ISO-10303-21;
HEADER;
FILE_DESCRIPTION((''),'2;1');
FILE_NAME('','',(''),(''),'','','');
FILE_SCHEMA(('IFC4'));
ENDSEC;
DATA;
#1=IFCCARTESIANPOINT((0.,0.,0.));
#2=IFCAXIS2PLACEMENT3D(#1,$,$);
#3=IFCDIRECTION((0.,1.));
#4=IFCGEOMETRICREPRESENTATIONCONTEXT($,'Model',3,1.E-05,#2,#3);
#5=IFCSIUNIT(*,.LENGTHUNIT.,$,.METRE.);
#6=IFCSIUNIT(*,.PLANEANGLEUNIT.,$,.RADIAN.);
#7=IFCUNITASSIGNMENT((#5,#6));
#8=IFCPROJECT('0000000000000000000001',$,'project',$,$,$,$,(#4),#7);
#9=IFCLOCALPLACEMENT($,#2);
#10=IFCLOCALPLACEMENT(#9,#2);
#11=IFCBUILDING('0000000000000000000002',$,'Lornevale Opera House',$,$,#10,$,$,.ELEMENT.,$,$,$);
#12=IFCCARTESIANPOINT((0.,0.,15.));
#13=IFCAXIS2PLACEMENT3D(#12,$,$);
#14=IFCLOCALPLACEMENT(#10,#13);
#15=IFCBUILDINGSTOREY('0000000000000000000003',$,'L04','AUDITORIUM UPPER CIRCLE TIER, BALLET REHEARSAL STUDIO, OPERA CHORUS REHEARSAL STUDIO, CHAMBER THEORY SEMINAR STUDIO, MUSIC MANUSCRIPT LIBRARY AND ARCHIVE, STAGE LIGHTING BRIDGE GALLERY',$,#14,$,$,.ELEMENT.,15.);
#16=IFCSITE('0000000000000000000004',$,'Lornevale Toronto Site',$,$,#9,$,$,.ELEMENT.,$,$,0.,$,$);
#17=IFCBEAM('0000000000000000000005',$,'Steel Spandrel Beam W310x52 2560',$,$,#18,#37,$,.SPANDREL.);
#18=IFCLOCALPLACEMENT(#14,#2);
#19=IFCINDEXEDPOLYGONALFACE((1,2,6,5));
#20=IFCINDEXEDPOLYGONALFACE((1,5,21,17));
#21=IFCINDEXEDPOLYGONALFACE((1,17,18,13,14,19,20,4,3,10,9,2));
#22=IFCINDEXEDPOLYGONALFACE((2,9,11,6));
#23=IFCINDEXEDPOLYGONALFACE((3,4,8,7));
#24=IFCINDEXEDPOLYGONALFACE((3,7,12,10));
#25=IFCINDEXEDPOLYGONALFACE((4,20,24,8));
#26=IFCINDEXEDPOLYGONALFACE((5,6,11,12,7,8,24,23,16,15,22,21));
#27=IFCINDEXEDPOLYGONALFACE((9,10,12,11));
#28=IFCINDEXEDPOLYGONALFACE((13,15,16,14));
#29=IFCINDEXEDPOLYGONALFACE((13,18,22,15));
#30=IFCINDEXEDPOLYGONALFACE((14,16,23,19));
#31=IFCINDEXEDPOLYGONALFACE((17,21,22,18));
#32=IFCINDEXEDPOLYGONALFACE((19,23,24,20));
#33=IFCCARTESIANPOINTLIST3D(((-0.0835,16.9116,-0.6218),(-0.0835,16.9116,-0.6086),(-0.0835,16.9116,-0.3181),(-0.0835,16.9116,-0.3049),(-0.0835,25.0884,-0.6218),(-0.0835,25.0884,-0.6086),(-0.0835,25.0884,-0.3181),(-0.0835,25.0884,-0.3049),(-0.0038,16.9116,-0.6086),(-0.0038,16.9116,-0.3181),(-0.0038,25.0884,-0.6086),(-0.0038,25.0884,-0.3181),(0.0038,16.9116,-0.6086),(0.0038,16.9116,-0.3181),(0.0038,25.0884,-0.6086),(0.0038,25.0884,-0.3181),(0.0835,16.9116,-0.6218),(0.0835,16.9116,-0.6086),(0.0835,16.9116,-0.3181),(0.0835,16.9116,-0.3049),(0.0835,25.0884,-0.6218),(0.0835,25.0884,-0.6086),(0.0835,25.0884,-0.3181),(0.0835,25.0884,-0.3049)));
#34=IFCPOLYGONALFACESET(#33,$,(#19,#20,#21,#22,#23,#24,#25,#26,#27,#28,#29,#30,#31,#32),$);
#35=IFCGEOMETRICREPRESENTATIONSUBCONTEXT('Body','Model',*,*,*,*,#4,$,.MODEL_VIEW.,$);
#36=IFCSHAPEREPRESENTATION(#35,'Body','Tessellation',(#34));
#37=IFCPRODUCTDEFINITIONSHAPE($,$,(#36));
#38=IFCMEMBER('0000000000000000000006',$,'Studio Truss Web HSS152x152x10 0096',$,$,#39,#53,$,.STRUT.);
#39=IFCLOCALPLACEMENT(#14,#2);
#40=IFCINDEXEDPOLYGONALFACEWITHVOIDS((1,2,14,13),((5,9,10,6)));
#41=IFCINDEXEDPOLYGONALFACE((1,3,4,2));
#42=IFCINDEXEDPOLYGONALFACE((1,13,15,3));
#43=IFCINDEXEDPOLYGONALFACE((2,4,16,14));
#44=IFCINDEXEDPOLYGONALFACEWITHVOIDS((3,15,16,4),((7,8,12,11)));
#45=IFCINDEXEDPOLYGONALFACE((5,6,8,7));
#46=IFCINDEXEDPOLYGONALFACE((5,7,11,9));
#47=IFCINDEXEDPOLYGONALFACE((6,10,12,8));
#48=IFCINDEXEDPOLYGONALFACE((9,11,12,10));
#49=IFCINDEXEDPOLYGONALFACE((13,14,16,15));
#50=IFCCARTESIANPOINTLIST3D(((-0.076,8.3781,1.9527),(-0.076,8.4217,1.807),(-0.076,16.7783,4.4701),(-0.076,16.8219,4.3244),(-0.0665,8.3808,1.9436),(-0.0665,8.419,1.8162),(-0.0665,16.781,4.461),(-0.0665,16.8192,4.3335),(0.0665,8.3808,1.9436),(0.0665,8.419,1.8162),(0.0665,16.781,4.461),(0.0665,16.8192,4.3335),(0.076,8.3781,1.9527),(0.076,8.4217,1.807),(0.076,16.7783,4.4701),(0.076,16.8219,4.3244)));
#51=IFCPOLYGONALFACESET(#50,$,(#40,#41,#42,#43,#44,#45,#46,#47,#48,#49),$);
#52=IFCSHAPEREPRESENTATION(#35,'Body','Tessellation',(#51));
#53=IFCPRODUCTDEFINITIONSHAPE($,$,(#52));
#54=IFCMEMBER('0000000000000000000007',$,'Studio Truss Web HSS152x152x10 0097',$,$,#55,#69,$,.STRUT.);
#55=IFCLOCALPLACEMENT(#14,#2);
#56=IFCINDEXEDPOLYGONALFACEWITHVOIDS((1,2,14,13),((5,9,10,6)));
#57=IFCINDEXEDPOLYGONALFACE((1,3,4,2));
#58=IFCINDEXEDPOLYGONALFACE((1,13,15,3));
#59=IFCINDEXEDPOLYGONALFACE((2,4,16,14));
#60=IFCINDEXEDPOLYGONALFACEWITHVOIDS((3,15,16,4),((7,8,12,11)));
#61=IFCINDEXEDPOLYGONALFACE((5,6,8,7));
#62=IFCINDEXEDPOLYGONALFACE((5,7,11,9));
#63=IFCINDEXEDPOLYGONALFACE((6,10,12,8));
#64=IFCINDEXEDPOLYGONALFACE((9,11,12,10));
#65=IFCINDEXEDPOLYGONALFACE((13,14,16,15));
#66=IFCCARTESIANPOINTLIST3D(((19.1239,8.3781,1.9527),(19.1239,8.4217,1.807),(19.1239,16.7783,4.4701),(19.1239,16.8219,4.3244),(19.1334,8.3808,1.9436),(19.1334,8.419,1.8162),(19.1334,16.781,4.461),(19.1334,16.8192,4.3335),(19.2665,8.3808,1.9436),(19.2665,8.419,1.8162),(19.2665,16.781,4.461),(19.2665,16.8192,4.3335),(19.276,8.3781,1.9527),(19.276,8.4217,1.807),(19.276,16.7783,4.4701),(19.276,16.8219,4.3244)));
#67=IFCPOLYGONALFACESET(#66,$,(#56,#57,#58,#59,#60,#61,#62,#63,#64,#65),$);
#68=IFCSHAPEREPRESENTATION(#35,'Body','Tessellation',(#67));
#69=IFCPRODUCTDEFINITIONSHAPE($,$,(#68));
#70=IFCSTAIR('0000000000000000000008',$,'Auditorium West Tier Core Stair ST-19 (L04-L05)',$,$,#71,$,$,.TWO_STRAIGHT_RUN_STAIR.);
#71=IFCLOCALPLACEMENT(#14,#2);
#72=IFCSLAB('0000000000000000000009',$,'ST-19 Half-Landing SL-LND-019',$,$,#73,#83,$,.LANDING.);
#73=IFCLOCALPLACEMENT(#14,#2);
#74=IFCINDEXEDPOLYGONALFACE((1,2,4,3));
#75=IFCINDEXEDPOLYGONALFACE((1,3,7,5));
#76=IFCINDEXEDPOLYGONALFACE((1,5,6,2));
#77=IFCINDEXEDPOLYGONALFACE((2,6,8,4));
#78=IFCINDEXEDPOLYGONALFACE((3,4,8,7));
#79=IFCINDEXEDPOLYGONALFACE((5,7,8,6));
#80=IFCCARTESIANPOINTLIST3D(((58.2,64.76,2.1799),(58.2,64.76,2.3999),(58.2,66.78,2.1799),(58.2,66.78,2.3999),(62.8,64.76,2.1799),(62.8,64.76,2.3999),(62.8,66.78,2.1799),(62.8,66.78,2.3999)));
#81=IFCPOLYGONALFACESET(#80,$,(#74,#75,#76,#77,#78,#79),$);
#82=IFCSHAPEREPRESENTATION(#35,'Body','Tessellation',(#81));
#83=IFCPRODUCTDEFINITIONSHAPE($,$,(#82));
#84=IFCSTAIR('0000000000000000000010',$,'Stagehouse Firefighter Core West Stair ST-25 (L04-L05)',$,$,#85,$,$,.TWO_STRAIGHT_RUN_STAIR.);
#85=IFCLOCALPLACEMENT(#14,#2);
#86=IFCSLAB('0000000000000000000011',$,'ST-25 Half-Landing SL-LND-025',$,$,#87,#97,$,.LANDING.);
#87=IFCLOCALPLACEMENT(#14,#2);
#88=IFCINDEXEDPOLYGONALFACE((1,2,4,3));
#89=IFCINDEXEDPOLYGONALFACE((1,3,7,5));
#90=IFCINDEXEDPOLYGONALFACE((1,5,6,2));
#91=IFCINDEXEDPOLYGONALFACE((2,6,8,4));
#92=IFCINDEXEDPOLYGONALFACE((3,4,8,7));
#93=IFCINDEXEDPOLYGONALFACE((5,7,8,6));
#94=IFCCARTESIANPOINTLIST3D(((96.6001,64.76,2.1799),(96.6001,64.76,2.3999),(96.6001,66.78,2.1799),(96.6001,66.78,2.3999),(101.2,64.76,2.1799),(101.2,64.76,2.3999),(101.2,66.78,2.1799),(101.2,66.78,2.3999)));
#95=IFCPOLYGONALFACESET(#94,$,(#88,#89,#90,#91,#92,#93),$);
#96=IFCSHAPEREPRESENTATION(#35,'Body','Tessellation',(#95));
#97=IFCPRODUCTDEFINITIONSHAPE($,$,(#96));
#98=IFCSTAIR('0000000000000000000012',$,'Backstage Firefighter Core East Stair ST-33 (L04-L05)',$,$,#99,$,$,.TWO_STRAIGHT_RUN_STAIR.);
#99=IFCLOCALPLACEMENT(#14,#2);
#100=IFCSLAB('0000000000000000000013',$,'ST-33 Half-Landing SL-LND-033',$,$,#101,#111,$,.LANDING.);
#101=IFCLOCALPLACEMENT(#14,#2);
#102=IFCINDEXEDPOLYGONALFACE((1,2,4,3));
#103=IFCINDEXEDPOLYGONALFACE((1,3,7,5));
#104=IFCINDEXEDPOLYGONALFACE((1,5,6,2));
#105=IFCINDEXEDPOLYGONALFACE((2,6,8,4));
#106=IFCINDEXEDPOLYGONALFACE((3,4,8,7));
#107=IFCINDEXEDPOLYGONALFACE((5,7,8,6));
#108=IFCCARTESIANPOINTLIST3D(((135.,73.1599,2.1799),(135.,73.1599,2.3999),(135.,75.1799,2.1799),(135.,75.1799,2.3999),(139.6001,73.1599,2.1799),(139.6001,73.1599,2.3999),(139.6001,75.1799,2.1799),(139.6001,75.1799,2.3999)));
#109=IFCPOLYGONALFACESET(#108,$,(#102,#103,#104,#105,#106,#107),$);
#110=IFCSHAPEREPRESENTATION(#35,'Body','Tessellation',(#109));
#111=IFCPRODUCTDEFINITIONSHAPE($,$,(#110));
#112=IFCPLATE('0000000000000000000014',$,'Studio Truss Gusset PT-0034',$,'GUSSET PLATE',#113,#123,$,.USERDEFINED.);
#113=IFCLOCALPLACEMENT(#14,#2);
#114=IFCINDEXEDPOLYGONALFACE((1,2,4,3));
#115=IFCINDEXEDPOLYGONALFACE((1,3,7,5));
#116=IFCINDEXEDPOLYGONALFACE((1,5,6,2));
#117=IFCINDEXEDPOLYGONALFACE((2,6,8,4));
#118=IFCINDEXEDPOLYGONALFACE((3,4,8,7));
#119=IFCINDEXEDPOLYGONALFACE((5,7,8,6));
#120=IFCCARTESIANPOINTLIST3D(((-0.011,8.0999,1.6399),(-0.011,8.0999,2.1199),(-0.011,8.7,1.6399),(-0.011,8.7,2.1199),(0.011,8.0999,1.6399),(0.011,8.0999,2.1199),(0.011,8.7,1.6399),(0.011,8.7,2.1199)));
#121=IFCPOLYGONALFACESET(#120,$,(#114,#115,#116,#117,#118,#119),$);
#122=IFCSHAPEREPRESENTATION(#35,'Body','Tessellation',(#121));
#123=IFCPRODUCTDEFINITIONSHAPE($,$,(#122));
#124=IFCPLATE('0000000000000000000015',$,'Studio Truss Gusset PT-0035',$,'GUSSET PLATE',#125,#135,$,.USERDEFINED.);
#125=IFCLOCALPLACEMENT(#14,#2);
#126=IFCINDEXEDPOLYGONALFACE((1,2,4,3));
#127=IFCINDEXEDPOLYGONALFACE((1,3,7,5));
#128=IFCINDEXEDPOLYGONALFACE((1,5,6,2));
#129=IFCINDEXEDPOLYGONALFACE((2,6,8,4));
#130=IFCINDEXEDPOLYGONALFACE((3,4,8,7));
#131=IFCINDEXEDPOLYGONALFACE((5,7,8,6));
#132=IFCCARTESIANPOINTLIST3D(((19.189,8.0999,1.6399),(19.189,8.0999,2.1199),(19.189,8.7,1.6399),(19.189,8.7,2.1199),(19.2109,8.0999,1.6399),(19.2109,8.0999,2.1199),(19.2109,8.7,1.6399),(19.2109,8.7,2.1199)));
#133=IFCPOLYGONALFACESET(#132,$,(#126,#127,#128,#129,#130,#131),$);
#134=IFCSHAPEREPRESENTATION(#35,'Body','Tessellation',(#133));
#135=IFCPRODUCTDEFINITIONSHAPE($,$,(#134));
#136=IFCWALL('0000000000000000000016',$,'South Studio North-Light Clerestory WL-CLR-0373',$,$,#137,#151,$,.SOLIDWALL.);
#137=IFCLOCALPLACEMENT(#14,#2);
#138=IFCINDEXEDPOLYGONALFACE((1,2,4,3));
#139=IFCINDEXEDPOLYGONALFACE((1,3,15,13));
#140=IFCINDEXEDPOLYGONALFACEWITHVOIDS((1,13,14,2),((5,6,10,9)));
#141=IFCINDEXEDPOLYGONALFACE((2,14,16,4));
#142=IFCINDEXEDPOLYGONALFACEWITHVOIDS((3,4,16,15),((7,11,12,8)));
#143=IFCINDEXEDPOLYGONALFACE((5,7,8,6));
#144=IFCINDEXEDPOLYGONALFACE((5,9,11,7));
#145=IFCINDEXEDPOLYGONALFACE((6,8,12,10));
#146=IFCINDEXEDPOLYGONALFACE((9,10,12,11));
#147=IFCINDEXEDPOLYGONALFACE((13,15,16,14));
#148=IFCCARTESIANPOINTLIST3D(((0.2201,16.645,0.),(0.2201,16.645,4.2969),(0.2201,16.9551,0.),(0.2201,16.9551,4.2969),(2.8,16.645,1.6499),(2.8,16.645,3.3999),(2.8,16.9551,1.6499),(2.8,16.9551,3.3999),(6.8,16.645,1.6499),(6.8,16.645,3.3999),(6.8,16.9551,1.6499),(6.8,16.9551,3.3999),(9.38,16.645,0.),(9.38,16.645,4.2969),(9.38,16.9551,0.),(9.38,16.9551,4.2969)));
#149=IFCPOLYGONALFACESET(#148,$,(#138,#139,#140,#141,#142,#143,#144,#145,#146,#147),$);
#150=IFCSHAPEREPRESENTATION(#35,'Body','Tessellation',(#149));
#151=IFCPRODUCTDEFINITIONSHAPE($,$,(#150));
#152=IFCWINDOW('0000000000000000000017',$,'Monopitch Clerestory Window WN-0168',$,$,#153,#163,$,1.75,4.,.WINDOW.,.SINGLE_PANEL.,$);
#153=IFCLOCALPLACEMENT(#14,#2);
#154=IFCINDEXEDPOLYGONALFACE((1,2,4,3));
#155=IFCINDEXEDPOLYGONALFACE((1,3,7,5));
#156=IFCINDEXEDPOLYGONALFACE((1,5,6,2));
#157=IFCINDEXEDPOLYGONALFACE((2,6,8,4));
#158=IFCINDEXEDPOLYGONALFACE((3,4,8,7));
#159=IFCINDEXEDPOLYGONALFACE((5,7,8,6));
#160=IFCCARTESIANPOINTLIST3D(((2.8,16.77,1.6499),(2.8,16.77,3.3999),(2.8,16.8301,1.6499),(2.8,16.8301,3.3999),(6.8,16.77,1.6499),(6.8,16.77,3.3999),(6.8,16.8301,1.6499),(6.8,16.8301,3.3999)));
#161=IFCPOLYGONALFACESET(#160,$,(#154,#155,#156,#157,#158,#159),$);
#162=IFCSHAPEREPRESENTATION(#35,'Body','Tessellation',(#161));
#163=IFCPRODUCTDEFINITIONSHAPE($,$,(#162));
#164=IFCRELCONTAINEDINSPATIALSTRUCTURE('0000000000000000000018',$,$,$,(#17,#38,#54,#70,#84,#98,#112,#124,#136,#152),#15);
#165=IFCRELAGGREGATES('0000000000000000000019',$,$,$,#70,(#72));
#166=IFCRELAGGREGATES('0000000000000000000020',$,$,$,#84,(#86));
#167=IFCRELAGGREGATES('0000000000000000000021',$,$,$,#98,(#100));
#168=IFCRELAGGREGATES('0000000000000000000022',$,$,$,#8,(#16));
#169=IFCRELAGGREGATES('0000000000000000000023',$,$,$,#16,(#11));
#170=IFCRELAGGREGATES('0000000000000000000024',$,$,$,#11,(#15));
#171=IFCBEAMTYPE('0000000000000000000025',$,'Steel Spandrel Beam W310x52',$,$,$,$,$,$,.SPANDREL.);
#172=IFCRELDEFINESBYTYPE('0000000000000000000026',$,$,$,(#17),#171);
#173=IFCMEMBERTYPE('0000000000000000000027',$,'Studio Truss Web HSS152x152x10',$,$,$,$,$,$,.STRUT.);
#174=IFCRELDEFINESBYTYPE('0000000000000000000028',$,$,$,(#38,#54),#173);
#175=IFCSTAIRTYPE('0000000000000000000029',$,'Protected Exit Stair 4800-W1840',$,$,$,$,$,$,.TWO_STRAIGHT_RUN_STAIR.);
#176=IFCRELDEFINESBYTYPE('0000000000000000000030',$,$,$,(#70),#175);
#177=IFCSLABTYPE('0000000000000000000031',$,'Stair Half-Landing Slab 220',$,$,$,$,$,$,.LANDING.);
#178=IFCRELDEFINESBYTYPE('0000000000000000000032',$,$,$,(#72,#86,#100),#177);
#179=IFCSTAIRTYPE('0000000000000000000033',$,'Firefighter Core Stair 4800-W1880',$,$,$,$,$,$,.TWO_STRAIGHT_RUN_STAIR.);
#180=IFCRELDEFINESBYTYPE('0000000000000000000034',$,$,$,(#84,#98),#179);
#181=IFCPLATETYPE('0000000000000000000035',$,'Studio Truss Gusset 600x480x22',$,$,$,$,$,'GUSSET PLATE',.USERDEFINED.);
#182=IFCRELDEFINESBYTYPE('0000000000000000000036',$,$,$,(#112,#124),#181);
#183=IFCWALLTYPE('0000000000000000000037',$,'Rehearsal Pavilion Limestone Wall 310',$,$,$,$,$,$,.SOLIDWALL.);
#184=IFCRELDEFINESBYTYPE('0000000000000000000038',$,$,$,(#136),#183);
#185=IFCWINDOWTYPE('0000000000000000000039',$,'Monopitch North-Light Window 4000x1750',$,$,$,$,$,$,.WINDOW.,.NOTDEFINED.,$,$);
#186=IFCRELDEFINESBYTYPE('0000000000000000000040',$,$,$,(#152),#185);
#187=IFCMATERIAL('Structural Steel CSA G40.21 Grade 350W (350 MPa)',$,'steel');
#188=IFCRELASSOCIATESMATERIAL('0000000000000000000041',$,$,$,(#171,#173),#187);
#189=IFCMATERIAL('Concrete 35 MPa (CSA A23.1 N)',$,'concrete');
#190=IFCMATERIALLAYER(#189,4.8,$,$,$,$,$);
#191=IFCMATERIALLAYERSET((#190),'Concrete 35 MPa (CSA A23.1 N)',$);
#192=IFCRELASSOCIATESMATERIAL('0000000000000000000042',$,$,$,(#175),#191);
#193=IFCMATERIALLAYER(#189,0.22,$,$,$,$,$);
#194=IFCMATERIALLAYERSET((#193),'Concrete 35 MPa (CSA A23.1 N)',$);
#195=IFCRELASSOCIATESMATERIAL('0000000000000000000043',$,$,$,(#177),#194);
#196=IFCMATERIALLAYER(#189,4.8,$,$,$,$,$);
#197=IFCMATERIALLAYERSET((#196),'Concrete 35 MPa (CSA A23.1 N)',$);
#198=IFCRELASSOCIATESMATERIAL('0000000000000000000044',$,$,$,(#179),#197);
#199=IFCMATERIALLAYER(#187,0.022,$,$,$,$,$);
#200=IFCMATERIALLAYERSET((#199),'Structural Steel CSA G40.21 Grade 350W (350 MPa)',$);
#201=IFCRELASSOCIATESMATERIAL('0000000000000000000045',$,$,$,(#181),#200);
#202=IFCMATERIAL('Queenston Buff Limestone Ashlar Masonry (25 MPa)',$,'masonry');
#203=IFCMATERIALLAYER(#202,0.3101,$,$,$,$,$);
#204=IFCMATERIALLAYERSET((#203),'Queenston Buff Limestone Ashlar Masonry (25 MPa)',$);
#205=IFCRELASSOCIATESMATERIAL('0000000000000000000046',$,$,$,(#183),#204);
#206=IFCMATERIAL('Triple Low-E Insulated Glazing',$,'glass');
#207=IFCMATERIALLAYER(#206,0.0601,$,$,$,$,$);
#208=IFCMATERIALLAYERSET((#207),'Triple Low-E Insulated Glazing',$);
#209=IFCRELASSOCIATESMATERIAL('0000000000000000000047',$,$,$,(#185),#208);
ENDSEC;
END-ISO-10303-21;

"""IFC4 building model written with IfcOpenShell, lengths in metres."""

from ifc_helpers import new_model, si_unit, direction, frame, frame_2d, origin, origin_2d, place, context, subcontext, project, spatial, polyline, rectangle, hollow_rectangle, i_section, outline, extrude, material, layer, layer_set, material_profile, profile_set, type_object, element, fill, aggregate, save


model = new_model("IFC4")

# Units and contexts
model_context = context("Model", 3, precision=1e-05, world=origin(), true_north=direction((0.0, 1.0)))
body_context = subcontext(model_context, "Body", "Model", "MODEL_VIEW")
ifc_project = project(units=[si_unit("LENGTHUNIT", "METRE"), si_unit("PLANEANGLEUNIT", "RADIAN")], contexts=[model_context])

# Site, building, storey
site_placement = place(None, origin())
site = spatial("IfcSite", under=ifc_project, at=site_placement, Name="Lornevale Toronto Site", CompositionType="ELEMENT", RefElevation=0.0)
building_placement = place(site_placement, origin())
building = spatial("IfcBuilding", under=site, at=building_placement, Name="Lornevale Opera House", CompositionType="ELEMENT")
storey_placement = place(building_placement, frame((0.0, 0.0, 15.0)))
storey = spatial("IfcBuildingStorey", under=building, at=storey_placement, Name="L04", Description="AUDITORIUM UPPER CIRCLE TIER, BALLET REHEARSAL STUDIO, OPERA CHORUS REHEARSAL STUDIO, CHAMBER THEORY SEMINAR STUDIO, MUSIC MANUSCRIPT LIBRARY AND ARCHIVE, STAGE LIGHTING BRIDGE GALLERY", CompositionType="ELEMENT", Elevation=15.0)

# Shared definitions
ifc_material_1 = material(Name="Structural Steel CSA G40.21 Grade 350W (350 MPa)", Category="steel")

# Beam
ifc_material_profile_1 = material_profile(ifc_material_1, i_section(OverallWidth=0.167, OverallDepth=0.3169, WebThickness=0.0076, FlangeThickness=0.0132, at=origin_2d()), Name="W310x52")
ifc_profile_set_1 = profile_set([ifc_material_profile_1], Name="Structural Steel CSA G40.21 Grade 350W (350 MPa)")
beam_type_1 = type_object("IfcBeamType", Name="Steel Spandrel Beam W310x52", PredefinedType="SPANDREL", material=ifc_profile_set_1)
beam_1_placement = place(storey_placement, frame((0.0, 16.9116, -0.4634), z_axis=(0.0, 1.0, 0.0), x_axis=(-1.0, 0.0, 0.0)))
element("IfcBeam", 1, at=beam_1_placement, inside=storey, type_object=beam_type_1, Name="Steel Spandrel Beam W310x52 2560", PredefinedType="SPANDREL", context=body_context, shape_type="SweptSolid", body=[
    extrude(i_section(OverallWidth=0.167, OverallDepth=0.3169, WebThickness=0.0076, FlangeThickness=0.0132, at=origin_2d()), origin(), (0.0, 0.0, 1.0), 8.1768),
])

# Members
ifc_material_profile_2 = material_profile(ifc_material_1, hollow_rectangle(XDim=0.1521, YDim=0.1521, WallThickness=0.0095, at=origin_2d()), Name="HSS152x152x10")
ifc_profile_set_2 = profile_set([ifc_material_profile_2], Name="Structural Steel CSA G40.21 Grade 350W (350 MPa)")
member_type = type_object("IfcMemberType", Name="Studio Truss Web HSS152x152x10", PredefinedType="STRUT", material=ifc_profile_set_2)
for number, where, z_axis, x_axis, name in (
    (2, (0.0, 8.3999, 1.8799), (0.0, 0.957911, 0.287064), (-1.0, 0.0, 0.0), "Studio Truss Web HSS152x152x10 0096"),
    (3, (19.2, 8.3999, 1.8799), (0.0, 0.957911, 0.287064), (-1.0, 0.0, 0.0), "Studio Truss Web HSS152x152x10 0097"),
):
    element("IfcMember", number, at=place(storey_placement, frame(where, z_axis=z_axis, x_axis=x_axis)), inside=storey, type_object=member_type, Name=name, PredefinedType="STRUT", context=body_context, shape_type="SweptSolid", body=[
        extrude(hollow_rectangle(XDim=0.1521, YDim=0.1521, WallThickness=0.0095, at=origin_2d()), origin(), (0.0, 0.0, 1.0), 8.7693),
    ])

# Stairs, slabs
ifc_material_2 = material(Name="Concrete 35 MPa (CSA A23.1 N)", Category="concrete")
ifc_layer_1 = layer(ifc_material_2, 4.8)
ifc_layer_set_1 = layer_set([ifc_layer_1], Name="Concrete 35 MPa (CSA A23.1 N)")
stair_type_1 = type_object("IfcStairType", Name="Protected Exit Stair 4800-W1840", PredefinedType="TWO_STRAIGHT_RUN_STAIR", material=ifc_layer_set_1)
stair_1_placement = place(storey_placement, origin())
stair_1 = element("IfcStair", 4, at=stair_1_placement, inside=storey, type_object=stair_type_1, Name="Auditorium West Tier Core Stair ST-19 (L04-L05)", PredefinedType="TWO_STRAIGHT_RUN_STAIR")
ifc_layer_2 = layer(ifc_material_2, 0.22)
ifc_layer_set_2 = layer_set([ifc_layer_2], Name="Concrete 35 MPa (CSA A23.1 N)")
slab_type = type_object("IfcSlabType", Name="Stair Half-Landing Slab 220", PredefinedType="LANDING", material=ifc_layer_set_2)
slab_1_placement = place(storey_placement, frame((0.0, 0.0, 2.1799)))
slab_1 = element("IfcSlab", 5, at=slab_1_placement, type_object=slab_type, Name="ST-19 Half-Landing SL-LND-019", PredefinedType="LANDING", context=body_context, shape_type="SweptSolid", body=[
    extrude(outline(polyline([(58.2, 64.76), (62.8, 64.76), (62.8, 66.78), (58.2, 66.78), (58.2, 64.76)])), origin(), (0.0, 0.0, 1.0), 0.22),
])
aggregate(stair_1, [slab_1])
ifc_layer_3 = layer(ifc_material_2, 4.8)
ifc_layer_set_3 = layer_set([ifc_layer_3], Name="Concrete 35 MPa (CSA A23.1 N)")
stair_type_2 = type_object("IfcStairType", Name="Firefighter Core Stair 4800-W1880", PredefinedType="TWO_STRAIGHT_RUN_STAIR", material=ifc_layer_set_3)
stair_2_placement = place(storey_placement, origin())
stair_2 = element("IfcStair", 6, at=stair_2_placement, inside=storey, type_object=stair_type_2, Name="Stagehouse Firefighter Core West Stair ST-25 (L04-L05)", PredefinedType="TWO_STRAIGHT_RUN_STAIR")
slab_2_placement = place(storey_placement, frame((0.0, 0.0, 2.1799)))
slab_2 = element("IfcSlab", 7, at=slab_2_placement, type_object=slab_type, Name="ST-25 Half-Landing SL-LND-025", PredefinedType="LANDING", context=body_context, shape_type="SweptSolid", body=[
    extrude(outline(polyline([(96.6001, 64.76), (101.2, 64.76), (101.2, 66.78), (96.6001, 66.78), (96.6001, 64.76)])), origin(), (0.0, 0.0, 1.0), 0.22),
])
aggregate(stair_2, [slab_2])
stair_3_placement = place(storey_placement, origin())
stair_3 = element("IfcStair", 8, at=stair_3_placement, inside=storey, type_object=stair_type_2, Name="Backstage Firefighter Core East Stair ST-33 (L04-L05)", PredefinedType="TWO_STRAIGHT_RUN_STAIR")
slab_3_placement = place(storey_placement, frame((0.0, 0.0, 2.1799)))
slab_3 = element("IfcSlab", 9, at=slab_3_placement, type_object=slab_type, Name="ST-33 Half-Landing SL-LND-033", PredefinedType="LANDING", context=body_context, shape_type="SweptSolid", body=[
    extrude(outline(polyline([(135.0, 73.1599), (139.6001, 73.1599), (139.6001, 75.1799), (135.0, 75.1799), (135.0, 73.1599)])), origin(), (0.0, 0.0, 1.0), 0.22),
])
aggregate(stair_3, [slab_3])

# Plates
ifc_layer_4 = layer(ifc_material_1, 0.022)
ifc_layer_set_4 = layer_set([ifc_layer_4], Name="Structural Steel CSA G40.21 Grade 350W (350 MPa)")
plate_type = type_object("IfcPlateType", Name="Studio Truss Gusset 600x480x22", ElementType="GUSSET PLATE", PredefinedType="USERDEFINED", material=ifc_layer_set_4)
for number, where, z_axis, x_axis, name in (
    (10, (0.0, 8.3999, 1.6399), (0.0, 0.0, 1.0), (0.0, 1.0, 0.0), "Studio Truss Gusset PT-0034"),
    (11, (19.2, 8.3999, 1.6399), (0.0, 0.0, 1.0), (0.0, 1.0, 0.0), "Studio Truss Gusset PT-0035"),
):
    element("IfcPlate", number, at=place(storey_placement, frame(where, z_axis=z_axis, x_axis=x_axis)), inside=storey, type_object=plate_type, Name=name, ObjectType="GUSSET PLATE", PredefinedType="USERDEFINED", context=body_context, shape_type="SweptSolid", body=[
        extrude(rectangle(XDim=0.6001, YDim=0.022, at=origin_2d()), origin(), (0.0, 0.0, 1.0), 0.48),
    ])

# Wall, opening, window
ifc_material_3 = material(Name="Queenston Buff Limestone Ashlar Masonry (25 MPa)", Category="masonry")
ifc_layer_5 = layer(ifc_material_3, 0.3101)
ifc_layer_set_5 = layer_set([ifc_layer_5], Name="Queenston Buff Limestone Ashlar Masonry (25 MPa)")
wall_type_1 = type_object("IfcWallType", Name="Rehearsal Pavilion Limestone Wall 310", PredefinedType="SOLIDWALL", material=ifc_layer_set_5)
wall_1_placement = place(storey_placement, frame((0.22, 16.8, 0.0), z_axis=(0.0, 0.0, 1.0), x_axis=(1.0, 0.0, 0.0)))
wall_1 = element("IfcWall", 12, at=wall_1_placement, inside=storey, type_object=wall_type_1, Name="South Studio North-Light Clerestory WL-CLR-0373", PredefinedType="SOLIDWALL", context=body_context, shape_type="SweptSolid", body=[
    extrude(rectangle(XDim=9.1599, YDim=0.3101, at=frame_2d((4.5801, 0.0))), origin(), (0.0, 0.0, 1.0), 4.2969),
])
opening_1_placement = place(wall_1_placement, frame((2.5801, 0.0, 1.6499)))
opening_1 = element("IfcOpeningElement", 13, at=opening_1_placement, cuts=wall_1, PredefinedType="OPENING", context=body_context, shape_type="SweptSolid", body=[
    extrude(rectangle(XDim=4.0, YDim=1.75, at=frame_2d((2.0, 0.875))), frame((0.0, 0.165, 0.0), z_axis=(0.0, -1.0, 0.0), x_axis=(1.0, 0.0, 0.0)), (0.0, 0.0, 1.0), 0.3301),
])
ifc_material_4 = material(Name="Triple Low-E Insulated Glazing", Category="glass")
ifc_layer_6 = layer(ifc_material_4, 0.0601)
ifc_layer_set_6 = layer_set([ifc_layer_6], Name="Triple Low-E Insulated Glazing")
window_type = type_object("IfcWindowType", Name="Monopitch North-Light Window 4000x1750", PartitioningType="NOTDEFINED", PredefinedType="WINDOW", material=ifc_layer_set_6)
window_1_placement = place(opening_1_placement, origin())
window_1 = element("IfcWindow", 14, at=window_1_placement, inside=storey, type_object=window_type, Name="Monopitch Clerestory Window WN-0168", OverallHeight=1.75, OverallWidth=4.0, PartitioningType="SINGLE_PANEL", PredefinedType="WINDOW", context=body_context, shape_type="SweptSolid", body=[
    extrude(rectangle(XDim=4.0, YDim=1.75, at=frame_2d((2.0, 0.875))), frame((0.0, 0.03, 0.0), z_axis=(0.0, -1.0, 0.0), x_axis=(1.0, 0.0, 0.0)), (0.0, 0.0, 1.0), 0.0601),
])
fill(opening_1, window_1)

save(model, "model.ifc")
